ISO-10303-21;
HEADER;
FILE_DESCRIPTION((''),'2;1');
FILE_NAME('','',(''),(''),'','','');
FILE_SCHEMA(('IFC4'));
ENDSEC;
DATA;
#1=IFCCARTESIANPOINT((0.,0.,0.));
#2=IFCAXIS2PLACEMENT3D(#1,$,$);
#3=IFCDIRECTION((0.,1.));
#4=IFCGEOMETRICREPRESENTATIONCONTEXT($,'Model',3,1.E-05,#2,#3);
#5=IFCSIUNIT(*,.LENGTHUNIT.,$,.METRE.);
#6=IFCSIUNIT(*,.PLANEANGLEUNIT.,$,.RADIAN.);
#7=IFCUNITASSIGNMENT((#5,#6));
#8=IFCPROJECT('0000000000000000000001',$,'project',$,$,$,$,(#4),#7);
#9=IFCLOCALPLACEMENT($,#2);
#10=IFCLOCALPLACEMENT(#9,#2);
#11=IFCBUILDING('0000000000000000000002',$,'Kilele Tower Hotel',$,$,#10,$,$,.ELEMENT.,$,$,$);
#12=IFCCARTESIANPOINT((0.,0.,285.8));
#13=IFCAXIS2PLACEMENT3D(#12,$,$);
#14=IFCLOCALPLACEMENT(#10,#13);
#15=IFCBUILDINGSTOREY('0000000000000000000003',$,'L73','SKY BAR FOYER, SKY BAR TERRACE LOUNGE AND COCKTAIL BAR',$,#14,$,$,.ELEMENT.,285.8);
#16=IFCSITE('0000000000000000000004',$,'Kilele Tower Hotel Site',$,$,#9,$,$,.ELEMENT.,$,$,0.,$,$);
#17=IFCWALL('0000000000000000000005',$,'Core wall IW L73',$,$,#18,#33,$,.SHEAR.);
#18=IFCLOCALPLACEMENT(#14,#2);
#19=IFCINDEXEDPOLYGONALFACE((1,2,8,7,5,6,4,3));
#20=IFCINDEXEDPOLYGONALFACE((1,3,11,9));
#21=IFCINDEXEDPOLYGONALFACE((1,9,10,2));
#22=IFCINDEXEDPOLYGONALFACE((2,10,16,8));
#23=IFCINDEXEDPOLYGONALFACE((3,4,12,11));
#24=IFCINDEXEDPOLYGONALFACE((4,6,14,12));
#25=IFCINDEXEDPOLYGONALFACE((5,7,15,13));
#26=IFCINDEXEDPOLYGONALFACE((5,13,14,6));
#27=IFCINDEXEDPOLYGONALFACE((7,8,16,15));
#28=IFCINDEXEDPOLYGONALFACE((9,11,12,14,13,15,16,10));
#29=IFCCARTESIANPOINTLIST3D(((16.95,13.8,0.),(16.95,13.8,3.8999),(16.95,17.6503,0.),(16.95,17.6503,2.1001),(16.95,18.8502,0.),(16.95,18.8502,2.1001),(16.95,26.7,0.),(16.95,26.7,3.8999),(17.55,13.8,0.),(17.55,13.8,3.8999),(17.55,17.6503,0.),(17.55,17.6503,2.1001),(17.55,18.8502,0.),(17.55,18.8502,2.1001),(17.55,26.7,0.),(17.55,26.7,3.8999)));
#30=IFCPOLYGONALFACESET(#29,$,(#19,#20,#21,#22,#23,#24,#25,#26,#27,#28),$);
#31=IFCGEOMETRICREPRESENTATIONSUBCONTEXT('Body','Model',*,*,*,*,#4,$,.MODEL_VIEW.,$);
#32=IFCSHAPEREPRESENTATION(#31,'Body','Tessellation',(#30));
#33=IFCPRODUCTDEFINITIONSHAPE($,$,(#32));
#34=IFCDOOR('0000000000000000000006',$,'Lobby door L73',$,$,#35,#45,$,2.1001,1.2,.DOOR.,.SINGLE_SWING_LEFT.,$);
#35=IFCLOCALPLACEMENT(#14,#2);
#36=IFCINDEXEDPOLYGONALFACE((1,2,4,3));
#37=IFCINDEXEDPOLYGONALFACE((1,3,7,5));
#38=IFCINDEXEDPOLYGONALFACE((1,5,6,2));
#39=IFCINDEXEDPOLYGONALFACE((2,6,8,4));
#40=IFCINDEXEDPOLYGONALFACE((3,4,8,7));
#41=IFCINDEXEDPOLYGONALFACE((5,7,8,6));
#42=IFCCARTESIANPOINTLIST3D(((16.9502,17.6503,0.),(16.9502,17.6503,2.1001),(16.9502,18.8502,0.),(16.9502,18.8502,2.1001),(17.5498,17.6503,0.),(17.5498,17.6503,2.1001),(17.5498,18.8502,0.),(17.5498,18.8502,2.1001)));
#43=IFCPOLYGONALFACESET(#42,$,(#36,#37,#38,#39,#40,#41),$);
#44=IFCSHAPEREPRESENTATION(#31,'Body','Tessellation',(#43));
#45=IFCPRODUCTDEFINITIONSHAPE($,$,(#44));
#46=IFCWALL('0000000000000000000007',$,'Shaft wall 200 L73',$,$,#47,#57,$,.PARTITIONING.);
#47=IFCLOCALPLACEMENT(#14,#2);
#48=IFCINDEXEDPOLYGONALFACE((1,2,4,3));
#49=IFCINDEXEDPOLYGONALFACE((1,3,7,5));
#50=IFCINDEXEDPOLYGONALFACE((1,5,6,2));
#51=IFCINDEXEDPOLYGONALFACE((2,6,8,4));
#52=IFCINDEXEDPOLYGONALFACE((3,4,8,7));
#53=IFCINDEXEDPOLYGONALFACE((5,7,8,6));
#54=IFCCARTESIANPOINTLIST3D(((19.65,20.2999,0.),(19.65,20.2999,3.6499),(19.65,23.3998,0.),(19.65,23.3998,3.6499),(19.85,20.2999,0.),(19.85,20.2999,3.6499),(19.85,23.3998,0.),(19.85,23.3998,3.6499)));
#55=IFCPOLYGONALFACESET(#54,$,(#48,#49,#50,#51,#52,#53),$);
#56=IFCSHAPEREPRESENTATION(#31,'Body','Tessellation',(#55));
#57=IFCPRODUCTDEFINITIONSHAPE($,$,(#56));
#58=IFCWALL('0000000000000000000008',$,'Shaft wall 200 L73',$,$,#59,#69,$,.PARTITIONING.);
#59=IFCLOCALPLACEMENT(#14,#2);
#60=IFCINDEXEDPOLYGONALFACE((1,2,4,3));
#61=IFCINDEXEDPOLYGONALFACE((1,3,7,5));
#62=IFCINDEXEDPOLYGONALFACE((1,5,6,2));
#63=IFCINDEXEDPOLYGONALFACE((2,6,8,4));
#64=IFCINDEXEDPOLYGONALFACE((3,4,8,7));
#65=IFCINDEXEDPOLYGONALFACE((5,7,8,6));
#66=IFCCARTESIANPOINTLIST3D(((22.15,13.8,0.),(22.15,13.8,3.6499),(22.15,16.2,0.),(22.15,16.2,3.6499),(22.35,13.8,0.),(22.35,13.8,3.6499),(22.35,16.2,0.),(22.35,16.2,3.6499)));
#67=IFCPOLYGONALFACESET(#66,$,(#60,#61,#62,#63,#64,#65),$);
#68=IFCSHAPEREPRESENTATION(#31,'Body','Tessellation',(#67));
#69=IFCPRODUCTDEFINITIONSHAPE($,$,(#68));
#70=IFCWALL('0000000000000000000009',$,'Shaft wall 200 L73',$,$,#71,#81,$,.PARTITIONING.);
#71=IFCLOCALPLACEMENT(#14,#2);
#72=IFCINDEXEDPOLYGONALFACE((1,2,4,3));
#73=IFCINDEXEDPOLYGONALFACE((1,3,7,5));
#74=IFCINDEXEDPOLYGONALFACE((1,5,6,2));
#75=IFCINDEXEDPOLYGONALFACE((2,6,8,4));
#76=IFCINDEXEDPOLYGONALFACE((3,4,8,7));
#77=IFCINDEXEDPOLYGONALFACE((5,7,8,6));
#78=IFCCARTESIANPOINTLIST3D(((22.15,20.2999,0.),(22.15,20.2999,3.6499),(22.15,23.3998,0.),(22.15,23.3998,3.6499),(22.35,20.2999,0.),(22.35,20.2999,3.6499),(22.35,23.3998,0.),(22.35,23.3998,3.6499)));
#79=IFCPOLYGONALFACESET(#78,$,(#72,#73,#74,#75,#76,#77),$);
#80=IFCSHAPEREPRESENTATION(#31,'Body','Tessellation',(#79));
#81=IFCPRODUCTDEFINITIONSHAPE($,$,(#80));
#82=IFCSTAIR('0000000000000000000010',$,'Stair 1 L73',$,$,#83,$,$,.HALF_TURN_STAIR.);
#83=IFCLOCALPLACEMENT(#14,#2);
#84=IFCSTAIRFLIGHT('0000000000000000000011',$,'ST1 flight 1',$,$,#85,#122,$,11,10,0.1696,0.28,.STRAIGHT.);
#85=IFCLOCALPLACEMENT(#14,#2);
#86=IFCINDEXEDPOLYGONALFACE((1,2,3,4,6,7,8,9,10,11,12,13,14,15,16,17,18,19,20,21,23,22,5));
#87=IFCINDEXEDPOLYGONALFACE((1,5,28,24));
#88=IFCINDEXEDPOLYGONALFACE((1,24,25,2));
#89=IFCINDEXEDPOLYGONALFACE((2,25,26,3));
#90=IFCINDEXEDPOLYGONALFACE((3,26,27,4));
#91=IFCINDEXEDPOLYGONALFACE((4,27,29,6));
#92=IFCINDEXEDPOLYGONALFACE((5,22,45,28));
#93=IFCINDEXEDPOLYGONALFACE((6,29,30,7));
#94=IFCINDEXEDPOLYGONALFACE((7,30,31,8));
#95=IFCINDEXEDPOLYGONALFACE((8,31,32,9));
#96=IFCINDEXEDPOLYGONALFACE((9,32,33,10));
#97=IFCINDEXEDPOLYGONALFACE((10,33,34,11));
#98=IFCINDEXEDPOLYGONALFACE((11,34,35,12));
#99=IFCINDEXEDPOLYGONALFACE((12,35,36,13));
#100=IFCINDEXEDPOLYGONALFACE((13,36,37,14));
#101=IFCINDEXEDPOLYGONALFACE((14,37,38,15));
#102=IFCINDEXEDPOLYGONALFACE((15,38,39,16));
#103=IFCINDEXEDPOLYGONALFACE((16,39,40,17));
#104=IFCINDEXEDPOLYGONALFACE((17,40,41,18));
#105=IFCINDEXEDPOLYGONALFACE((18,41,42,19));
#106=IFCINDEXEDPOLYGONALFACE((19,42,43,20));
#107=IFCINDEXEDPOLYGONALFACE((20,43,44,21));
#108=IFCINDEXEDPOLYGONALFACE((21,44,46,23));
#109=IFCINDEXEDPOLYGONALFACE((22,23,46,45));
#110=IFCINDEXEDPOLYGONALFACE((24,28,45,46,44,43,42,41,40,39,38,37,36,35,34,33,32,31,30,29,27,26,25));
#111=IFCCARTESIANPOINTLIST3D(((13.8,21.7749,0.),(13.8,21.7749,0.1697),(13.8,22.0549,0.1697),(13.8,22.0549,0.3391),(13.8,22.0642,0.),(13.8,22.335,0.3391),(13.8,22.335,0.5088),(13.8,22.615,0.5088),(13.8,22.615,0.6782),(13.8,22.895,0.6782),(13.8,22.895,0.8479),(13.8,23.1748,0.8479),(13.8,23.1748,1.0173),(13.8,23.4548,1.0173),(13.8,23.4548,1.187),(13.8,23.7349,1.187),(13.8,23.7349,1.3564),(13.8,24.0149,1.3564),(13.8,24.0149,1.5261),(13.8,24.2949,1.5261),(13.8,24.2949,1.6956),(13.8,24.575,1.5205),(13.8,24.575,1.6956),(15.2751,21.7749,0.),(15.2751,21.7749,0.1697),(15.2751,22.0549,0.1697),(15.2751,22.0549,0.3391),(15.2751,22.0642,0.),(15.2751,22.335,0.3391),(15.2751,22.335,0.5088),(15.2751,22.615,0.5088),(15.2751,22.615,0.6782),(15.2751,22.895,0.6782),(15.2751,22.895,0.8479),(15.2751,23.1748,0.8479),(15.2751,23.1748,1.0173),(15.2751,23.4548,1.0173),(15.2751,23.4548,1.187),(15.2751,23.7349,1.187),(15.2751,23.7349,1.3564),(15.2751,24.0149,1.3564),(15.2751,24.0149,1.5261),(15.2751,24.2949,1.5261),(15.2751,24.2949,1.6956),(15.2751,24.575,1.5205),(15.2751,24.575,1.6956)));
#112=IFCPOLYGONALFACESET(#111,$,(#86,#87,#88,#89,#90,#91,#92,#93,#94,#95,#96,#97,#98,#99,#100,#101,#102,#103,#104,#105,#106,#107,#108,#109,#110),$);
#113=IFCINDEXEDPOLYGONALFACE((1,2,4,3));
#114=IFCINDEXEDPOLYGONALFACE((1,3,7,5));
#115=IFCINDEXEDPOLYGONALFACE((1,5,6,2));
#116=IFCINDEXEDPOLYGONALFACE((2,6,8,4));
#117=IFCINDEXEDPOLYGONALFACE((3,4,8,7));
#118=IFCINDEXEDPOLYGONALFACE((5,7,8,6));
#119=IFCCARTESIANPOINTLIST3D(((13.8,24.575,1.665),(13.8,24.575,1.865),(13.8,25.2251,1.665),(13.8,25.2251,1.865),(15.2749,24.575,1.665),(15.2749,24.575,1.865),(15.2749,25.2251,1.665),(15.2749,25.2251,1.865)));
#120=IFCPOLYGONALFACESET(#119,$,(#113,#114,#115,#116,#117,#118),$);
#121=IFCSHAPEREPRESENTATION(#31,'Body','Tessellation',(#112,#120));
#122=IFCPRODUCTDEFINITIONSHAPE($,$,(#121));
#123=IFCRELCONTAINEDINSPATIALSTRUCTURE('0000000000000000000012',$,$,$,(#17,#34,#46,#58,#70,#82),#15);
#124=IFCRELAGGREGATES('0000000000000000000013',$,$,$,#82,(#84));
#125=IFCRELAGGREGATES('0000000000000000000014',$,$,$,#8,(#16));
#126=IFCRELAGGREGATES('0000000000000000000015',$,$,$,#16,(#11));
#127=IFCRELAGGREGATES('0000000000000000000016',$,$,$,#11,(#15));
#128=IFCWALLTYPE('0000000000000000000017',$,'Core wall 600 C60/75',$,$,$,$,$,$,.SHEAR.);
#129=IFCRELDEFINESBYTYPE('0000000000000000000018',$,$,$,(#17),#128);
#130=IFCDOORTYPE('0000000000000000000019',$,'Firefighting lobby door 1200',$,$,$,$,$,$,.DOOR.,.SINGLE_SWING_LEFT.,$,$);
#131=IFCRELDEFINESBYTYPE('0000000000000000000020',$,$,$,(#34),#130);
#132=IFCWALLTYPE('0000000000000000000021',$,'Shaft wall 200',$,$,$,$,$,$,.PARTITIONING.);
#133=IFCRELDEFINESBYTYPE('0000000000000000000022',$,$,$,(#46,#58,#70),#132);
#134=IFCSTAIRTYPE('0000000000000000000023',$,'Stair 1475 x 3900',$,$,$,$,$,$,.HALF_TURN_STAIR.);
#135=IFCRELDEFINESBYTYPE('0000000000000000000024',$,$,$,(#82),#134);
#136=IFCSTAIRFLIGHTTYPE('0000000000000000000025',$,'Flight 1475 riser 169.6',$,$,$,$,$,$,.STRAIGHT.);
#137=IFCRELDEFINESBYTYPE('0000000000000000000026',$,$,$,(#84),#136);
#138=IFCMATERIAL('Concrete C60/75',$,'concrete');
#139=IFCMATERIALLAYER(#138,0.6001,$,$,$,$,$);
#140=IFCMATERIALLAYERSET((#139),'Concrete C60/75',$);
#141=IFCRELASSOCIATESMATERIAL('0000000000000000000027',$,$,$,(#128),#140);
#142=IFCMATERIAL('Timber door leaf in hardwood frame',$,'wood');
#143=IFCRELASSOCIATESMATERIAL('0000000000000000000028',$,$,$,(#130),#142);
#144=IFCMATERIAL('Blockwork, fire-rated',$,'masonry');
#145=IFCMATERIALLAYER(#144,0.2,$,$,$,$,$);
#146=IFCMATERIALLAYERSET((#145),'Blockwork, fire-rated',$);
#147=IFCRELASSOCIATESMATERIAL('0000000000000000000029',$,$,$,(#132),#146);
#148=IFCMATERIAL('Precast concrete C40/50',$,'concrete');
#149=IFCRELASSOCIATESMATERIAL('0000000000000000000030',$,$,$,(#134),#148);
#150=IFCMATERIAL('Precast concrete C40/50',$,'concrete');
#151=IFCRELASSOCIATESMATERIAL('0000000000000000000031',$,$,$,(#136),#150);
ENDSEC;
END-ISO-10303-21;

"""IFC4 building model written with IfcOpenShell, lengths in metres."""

from ifc_helpers import new_model, si_unit, direction, frame, frame_2d, origin, place, context, subcontext, project, spatial, polyline, rectangle, outline, extrude, material, layer, layer_set, type_object, element, fill, aggregate, save


model = new_model("IFC4")

# Units and contexts
model_context = context("Model", 3, precision=1e-05, world=origin(), true_north=direction((0.0, 1.0)))
body_context = subcontext(model_context, "Body", "Model", "MODEL_VIEW")
ifc_project = project(units=[si_unit("LENGTHUNIT", "METRE"), si_unit("PLANEANGLEUNIT", "RADIAN")], contexts=[model_context])

# Site, building, storey
site_placement = place(None, origin())
site = spatial("IfcSite", under=ifc_project, at=site_placement, Name="Kilele Tower Hotel Site", CompositionType="ELEMENT", RefElevation=0.0)
building_placement = place(site_placement, origin())
building = spatial("IfcBuilding", under=site, at=building_placement, Name="Kilele Tower Hotel", CompositionType="ELEMENT")
storey_placement = place(building_placement, frame((0.0, 0.0, 285.8)))
storey = spatial("IfcBuildingStorey", under=building, at=storey_placement, Name="L73", Description="SKY BAR FOYER, SKY BAR TERRACE LOUNGE AND COCKTAIL BAR", CompositionType="ELEMENT", Elevation=285.8)

# Wall, opening, door
ifc_material_1 = material(Name="Concrete C60/75", Category="concrete")
ifc_layer_1 = layer(ifc_material_1, 0.6001)
ifc_layer_set_1 = layer_set([ifc_layer_1], Name="Concrete C60/75")
wall_type_1 = type_object("IfcWallType", Name="Core wall 600 C60/75", PredefinedType="SHEAR", material=ifc_layer_set_1)
wall_1_placement = place(storey_placement, frame((17.25, 13.8, 0.0), z_axis=(0.0, 0.0, 1.0), x_axis=(0.0, 1.0, 0.0)))
wall_1 = element("IfcWall", 1, at=wall_1_placement, inside=storey, type_object=wall_type_1, Name="Core wall IW L73", PredefinedType="SHEAR", context=body_context, shape_type="SweptSolid", body=[
    extrude(rectangle(XDim=12.8999, YDim=0.6001, at=frame_2d((6.45, 0.0))), origin(), (0.0, 0.0, 1.0), 3.8999),
])
opening_placement = place(wall_1_placement, frame((3.8501, 0.0, 0.0)))
opening = element("IfcOpeningElement", 2, at=opening_placement, cuts=wall_1, PredefinedType="OPENING", context=body_context, shape_type="SweptSolid", body=[
    extrude(rectangle(XDim=1.2, YDim=2.1001, at=frame_2d((0.6001, 1.05))), frame((0.0, 0.3101, 0.0), z_axis=(0.0, -1.0, 0.0), x_axis=(1.0, 0.0, 0.0)), (0.0, 0.0, 1.0), 0.6201),
])
ifc_material_2 = material(Name="Timber door leaf in hardwood frame", Category="wood")
door_type = type_object("IfcDoorType", Name="Firefighting lobby door 1200", OperationType="SINGLE_SWING_LEFT", PredefinedType="DOOR", material=ifc_material_2)
door_placement = place(opening_placement, origin())
door = element("IfcDoor", 3, at=door_placement, inside=storey, type_object=door_type, Name="Lobby door L73", OperationType="SINGLE_SWING_LEFT", OverallHeight=2.1001, OverallWidth=1.2, PredefinedType="DOOR", context=body_context, shape_type="SweptSolid", body=[
    extrude(rectangle(XDim=1.2, YDim=2.1001, at=frame_2d((0.6001, 1.05))), frame((0.0, 0.2998, 0.0), z_axis=(0.0, -1.0, 0.0), x_axis=(1.0, 0.0, 0.0)), (0.0, 0.0, 1.0), 0.5996),
])
fill(opening, door)

# Walls
ifc_material_3 = material(Name="Blockwork, fire-rated", Category="masonry")
ifc_layer_2 = layer(ifc_material_3, 0.2)
ifc_layer_set_2 = layer_set([ifc_layer_2], Name="Blockwork, fire-rated")
wall_type_2 = type_object("IfcWallType", Name="Shaft wall 200", PredefinedType="PARTITIONING", material=ifc_layer_set_2)
wall_2_placement = place(storey_placement, frame((19.75, 20.3, 0.0), z_axis=(0.0, 0.0, 1.0), x_axis=(0.0, 1.0, 0.0)))
element("IfcWall", 4, at=wall_2_placement, inside=storey, type_object=wall_type_2, Name="Shaft wall 200 L73", PredefinedType="PARTITIONING", context=body_context, shape_type="SweptSolid", body=[
    extrude(rectangle(XDim=3.0999, YDim=0.2, at=frame_2d((1.5498, 0.0))), origin(), (0.0, 0.0, 1.0), 3.6499),
])
wall_3_placement = place(storey_placement, frame((22.25, 13.8, 0.0), z_axis=(0.0, 0.0, 1.0), x_axis=(0.0, 1.0, 0.0)))
element("IfcWall", 5, at=wall_3_placement, inside=storey, type_object=wall_type_2, Name="Shaft wall 200 L73", PredefinedType="PARTITIONING", context=body_context, shape_type="SweptSolid", body=[
    extrude(rectangle(XDim=2.3999, YDim=0.2, at=frame_2d((1.2, 0.0))), origin(), (0.0, 0.0, 1.0), 3.6499),
])
wall_4_placement = place(storey_placement, frame((22.25, 20.3, 0.0), z_axis=(0.0, 0.0, 1.0), x_axis=(0.0, 1.0, 0.0)))
element("IfcWall", 6, at=wall_4_placement, inside=storey, type_object=wall_type_2, Name="Shaft wall 200 L73", PredefinedType="PARTITIONING", context=body_context, shape_type="SweptSolid", body=[
    extrude(rectangle(XDim=3.0999, YDim=0.2, at=frame_2d((1.5498, 0.0))), origin(), (0.0, 0.0, 1.0), 3.6499),
])

# Stair, stair flight
ifc_material_4 = material(Name="Precast concrete C40/50", Category="concrete")
stair_type = type_object("IfcStairType", Name="Stair 1475 x 3900", PredefinedType="HALF_TURN_STAIR", material=ifc_material_4)
stair_placement = place(storey_placement, origin())
stair = element("IfcStair", 7, at=stair_placement, inside=storey, type_object=stair_type, Name="Stair 1 L73", PredefinedType="HALF_TURN_STAIR")
ifc_material_5 = material(Name="Precast concrete C40/50", Category="concrete")
stair_flight_type = type_object("IfcStairFlightType", Name="Flight 1475 riser 169.6", PredefinedType="STRAIGHT", material=ifc_material_5)
stair_flight_placement = place(storey_placement, frame((14.5376, 21.7749, 0.0), z_axis=(0.0, 0.0, 1.0), x_axis=(0.0, 1.0, 0.0)))
stair_flight = element("IfcStairFlight", 8, at=stair_flight_placement, type_object=stair_flight_type, Name="ST1 flight 1", NumberOfRisers=11, NumberOfTreads=10, PredefinedType="STRAIGHT", RiserHeight=0.1696, TreadLength=0.28, context=body_context, shape_type="SweptSolid", body=[
    extrude(outline(polyline([(0.0, 0.0), (0.0, 0.1697), (0.28, 0.1697), (0.28, 0.3391), (0.5601, 0.3391), (0.5601, 0.5088), (0.8401, 0.5088), (0.8401, 0.6782), (1.1201, 0.6782), (1.1201, 0.8479), (1.3999, 0.8479), (1.3999, 1.0173), (1.6799, 1.0173), (1.6799, 1.187), (1.96, 1.187), (1.96, 1.3564), (2.24, 1.3564), (2.24, 1.5261), (2.52, 1.5261), (2.52, 1.6956), (2.8, 1.6956), (2.8, 1.8652), (2.8, 1.5205), (0.2893, 0.0), (0.0, 0.0)])), frame((0.0, 0.7375, 0.0), z_axis=(0.0, -1.0, 0.0), x_axis=(1.0, 0.0, 0.0)), (0.0, 0.0, 1.0), 1.4751),
    extrude(outline(polyline([(2.8, 0.7375), (2.8, -0.7373), (3.4502, -0.7373), (3.4502, 0.7375), (2.8, 0.7375)])), frame((0.0, 0.0, 1.665)), (0.0, 0.0, 1.0), 0.2),
])
aggregate(stair, [stair_flight])

save(model, "model.ifc")
